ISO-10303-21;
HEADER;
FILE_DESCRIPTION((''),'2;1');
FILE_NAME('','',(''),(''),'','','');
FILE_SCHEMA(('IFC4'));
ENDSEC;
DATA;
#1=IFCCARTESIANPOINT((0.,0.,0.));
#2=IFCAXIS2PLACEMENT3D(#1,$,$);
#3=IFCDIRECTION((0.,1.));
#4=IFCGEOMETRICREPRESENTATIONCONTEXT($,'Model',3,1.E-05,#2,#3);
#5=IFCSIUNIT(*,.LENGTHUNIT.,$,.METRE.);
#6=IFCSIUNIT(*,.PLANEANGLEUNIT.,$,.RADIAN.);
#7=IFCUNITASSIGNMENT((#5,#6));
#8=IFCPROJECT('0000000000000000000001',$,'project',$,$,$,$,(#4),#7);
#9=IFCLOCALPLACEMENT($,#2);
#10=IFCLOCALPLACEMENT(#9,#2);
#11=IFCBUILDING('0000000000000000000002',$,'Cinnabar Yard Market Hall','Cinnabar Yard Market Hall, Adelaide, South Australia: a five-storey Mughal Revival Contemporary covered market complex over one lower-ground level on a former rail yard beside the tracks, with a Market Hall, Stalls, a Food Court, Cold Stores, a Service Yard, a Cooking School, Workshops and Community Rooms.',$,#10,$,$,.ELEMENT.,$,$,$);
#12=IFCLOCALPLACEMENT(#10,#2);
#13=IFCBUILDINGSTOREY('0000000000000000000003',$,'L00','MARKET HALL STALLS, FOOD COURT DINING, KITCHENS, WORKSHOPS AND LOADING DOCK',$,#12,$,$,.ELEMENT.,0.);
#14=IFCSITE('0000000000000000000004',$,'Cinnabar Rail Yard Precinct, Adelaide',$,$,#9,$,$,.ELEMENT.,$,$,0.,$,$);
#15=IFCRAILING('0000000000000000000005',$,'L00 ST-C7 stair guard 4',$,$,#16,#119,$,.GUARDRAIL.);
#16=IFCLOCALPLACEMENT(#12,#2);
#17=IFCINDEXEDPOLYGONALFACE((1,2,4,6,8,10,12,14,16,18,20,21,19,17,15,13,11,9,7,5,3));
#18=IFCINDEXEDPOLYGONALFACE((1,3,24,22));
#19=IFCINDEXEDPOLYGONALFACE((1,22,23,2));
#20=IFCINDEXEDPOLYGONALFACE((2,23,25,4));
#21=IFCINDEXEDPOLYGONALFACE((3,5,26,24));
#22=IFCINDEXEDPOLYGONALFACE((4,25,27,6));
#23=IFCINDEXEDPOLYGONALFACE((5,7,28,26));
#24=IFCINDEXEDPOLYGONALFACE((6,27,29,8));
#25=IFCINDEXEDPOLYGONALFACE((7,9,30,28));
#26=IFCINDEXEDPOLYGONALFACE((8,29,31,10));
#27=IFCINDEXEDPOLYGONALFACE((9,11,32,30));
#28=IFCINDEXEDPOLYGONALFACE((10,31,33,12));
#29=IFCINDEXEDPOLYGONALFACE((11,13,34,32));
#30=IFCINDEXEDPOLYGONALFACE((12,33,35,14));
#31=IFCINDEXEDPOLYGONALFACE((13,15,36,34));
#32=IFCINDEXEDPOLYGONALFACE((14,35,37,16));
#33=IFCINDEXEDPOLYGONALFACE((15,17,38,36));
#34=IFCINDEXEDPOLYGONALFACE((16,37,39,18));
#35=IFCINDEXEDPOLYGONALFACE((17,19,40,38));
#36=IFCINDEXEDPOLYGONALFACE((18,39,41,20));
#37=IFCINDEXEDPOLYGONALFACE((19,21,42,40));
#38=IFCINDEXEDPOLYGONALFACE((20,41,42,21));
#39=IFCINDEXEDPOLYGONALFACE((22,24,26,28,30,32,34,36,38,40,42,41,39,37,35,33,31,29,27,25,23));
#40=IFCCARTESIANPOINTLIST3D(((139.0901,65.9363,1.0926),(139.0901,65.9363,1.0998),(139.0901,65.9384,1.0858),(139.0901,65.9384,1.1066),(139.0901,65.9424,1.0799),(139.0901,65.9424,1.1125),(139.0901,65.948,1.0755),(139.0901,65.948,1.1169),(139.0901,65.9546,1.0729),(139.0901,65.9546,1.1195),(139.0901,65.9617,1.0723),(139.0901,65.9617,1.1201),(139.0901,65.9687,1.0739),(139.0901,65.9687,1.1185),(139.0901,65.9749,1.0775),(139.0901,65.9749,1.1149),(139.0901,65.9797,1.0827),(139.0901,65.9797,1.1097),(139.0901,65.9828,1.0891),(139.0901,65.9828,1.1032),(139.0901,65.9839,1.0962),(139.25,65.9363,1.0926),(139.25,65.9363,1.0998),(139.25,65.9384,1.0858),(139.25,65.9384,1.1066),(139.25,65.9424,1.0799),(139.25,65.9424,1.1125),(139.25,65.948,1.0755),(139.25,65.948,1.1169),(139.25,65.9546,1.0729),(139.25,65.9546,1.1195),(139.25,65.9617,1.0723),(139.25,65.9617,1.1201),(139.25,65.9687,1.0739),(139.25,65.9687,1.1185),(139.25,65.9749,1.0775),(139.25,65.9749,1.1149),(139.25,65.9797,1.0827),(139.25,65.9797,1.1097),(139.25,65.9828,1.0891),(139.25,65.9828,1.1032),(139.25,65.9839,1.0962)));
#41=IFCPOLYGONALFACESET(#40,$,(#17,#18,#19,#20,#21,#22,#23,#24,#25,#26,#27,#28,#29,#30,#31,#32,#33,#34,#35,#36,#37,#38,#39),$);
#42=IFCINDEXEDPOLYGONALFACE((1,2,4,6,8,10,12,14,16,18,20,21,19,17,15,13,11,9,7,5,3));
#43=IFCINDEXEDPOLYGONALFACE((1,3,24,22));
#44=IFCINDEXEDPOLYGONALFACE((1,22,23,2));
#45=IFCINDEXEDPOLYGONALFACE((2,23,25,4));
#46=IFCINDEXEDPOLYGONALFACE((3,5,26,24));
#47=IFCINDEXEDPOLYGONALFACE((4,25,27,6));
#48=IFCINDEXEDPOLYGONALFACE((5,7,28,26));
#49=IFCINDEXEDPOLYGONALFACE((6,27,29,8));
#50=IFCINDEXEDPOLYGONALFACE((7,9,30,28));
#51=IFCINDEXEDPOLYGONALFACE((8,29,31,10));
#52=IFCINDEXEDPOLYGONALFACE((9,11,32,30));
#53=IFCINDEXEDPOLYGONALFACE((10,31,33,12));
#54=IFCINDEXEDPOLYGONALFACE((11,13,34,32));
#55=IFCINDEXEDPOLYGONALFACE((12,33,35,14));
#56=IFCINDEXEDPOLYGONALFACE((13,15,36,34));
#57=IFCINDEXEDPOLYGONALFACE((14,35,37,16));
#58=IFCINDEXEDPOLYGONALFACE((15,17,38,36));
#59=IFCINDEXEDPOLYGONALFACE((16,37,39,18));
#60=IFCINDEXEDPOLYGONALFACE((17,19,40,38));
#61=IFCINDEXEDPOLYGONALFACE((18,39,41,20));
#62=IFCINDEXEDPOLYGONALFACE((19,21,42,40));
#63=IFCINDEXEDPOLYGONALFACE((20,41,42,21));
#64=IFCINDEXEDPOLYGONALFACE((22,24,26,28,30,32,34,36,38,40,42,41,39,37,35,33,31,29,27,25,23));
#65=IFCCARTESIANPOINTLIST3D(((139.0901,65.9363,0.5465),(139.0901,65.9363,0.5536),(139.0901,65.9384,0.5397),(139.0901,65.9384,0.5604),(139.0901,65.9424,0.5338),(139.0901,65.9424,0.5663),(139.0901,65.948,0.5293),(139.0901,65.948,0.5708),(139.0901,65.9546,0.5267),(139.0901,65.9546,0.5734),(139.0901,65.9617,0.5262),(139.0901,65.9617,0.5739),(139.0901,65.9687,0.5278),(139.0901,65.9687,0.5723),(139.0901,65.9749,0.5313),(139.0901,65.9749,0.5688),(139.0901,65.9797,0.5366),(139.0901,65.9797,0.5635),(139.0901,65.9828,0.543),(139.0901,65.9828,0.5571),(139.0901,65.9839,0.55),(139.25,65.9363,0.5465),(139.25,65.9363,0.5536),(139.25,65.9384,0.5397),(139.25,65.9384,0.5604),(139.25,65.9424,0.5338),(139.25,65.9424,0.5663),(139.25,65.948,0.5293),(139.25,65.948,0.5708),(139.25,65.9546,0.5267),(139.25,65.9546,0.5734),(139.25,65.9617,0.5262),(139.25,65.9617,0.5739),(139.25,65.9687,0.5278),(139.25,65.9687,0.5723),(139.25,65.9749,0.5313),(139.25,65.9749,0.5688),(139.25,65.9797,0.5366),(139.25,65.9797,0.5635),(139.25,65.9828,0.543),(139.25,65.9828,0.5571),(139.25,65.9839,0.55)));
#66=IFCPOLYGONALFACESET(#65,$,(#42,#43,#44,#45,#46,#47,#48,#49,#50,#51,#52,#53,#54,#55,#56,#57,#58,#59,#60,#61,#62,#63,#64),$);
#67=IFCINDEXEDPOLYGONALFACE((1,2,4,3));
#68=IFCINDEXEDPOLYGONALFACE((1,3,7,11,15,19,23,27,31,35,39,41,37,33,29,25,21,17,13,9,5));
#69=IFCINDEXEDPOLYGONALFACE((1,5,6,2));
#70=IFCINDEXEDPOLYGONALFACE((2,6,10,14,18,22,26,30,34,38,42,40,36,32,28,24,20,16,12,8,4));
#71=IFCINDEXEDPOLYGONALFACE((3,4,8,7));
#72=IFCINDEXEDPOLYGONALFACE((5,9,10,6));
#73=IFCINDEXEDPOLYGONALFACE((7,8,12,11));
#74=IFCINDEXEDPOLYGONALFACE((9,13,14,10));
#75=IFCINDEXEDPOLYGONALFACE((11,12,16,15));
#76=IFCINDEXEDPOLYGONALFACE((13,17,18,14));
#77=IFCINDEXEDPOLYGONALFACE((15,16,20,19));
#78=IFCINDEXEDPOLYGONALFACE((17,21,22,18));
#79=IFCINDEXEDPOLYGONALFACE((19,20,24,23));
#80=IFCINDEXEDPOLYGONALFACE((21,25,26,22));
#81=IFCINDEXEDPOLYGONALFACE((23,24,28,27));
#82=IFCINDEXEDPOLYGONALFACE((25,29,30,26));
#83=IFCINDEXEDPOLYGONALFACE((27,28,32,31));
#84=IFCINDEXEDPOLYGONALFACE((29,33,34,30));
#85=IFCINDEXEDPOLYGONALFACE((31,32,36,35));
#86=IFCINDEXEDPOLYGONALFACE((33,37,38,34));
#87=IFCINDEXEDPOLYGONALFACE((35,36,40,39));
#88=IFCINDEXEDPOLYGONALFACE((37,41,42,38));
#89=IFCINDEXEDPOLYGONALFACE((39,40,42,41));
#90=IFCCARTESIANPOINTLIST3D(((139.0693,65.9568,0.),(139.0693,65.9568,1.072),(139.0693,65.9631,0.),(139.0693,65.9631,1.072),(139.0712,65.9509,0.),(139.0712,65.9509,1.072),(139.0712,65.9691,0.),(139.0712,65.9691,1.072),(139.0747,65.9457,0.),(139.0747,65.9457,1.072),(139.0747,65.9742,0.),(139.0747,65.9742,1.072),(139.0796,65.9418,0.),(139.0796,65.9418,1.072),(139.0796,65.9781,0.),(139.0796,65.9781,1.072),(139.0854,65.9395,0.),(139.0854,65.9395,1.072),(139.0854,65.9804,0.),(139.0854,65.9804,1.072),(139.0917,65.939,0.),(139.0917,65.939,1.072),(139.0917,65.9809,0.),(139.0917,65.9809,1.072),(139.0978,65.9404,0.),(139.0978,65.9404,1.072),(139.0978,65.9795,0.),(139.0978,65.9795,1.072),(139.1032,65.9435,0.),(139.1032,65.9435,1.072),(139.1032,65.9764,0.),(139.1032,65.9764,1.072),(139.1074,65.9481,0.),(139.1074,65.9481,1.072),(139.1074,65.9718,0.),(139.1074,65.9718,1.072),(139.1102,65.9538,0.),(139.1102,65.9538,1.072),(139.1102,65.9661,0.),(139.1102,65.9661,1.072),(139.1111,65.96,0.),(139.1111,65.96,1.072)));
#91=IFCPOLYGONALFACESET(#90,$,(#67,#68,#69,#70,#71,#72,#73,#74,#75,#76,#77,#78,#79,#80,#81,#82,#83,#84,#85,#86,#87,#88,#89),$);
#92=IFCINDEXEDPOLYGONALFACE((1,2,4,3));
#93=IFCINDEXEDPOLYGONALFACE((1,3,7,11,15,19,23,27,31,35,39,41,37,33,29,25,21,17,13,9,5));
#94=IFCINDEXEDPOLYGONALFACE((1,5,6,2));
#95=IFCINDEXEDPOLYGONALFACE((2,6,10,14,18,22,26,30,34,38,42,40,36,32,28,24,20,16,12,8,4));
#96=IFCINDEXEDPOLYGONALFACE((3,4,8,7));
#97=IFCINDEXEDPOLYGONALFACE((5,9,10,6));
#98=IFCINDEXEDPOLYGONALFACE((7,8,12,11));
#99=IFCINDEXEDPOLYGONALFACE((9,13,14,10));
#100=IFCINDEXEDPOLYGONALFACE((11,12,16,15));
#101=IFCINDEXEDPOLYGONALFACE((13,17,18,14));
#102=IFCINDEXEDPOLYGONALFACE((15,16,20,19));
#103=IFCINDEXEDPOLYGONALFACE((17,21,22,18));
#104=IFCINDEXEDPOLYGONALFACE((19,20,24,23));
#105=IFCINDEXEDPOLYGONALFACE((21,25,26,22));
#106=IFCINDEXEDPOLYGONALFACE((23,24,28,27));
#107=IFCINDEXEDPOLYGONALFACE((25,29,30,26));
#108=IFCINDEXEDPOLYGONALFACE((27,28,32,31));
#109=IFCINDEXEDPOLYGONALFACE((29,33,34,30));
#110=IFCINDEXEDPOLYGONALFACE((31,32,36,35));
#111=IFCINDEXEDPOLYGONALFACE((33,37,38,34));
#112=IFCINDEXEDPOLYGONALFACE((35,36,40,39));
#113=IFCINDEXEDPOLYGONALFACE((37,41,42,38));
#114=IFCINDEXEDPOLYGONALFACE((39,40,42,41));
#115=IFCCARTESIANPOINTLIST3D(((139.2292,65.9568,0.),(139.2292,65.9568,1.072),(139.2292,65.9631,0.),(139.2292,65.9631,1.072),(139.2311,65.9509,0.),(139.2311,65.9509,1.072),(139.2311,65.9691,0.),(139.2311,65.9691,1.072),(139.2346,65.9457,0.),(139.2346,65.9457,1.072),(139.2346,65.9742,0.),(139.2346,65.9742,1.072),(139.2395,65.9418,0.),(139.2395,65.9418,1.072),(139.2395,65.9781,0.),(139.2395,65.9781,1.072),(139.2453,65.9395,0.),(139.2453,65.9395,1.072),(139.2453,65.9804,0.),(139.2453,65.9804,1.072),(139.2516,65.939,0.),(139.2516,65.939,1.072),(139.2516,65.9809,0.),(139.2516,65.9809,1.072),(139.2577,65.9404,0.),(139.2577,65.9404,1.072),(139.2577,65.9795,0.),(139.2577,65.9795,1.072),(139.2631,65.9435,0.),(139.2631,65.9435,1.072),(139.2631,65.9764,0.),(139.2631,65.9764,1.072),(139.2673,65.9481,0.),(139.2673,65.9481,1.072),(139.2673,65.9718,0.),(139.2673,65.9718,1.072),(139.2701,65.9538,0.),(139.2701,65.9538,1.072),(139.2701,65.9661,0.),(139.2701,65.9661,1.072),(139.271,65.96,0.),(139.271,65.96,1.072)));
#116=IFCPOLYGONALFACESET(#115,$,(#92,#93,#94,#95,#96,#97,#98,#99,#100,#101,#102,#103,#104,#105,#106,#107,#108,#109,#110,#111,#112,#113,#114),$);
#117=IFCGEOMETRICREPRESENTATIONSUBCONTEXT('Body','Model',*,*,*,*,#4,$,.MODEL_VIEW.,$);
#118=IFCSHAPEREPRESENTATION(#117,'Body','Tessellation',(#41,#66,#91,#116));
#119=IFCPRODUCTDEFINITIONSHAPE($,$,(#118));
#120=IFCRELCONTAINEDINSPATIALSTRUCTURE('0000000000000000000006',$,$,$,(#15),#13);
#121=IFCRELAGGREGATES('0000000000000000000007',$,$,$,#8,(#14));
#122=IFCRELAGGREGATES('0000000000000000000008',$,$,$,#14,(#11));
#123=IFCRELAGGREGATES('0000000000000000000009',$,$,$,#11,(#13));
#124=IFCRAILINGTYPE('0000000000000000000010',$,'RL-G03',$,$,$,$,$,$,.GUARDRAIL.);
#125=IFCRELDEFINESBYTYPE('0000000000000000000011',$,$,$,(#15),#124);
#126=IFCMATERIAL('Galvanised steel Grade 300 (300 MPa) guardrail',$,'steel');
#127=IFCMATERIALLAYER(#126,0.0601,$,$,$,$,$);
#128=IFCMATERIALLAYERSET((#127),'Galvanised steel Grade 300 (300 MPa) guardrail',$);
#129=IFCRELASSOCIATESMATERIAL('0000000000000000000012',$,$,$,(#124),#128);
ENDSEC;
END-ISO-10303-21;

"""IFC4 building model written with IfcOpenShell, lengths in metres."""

from ifc_helpers import new_model, si_unit, direction, frame, origin, origin_2d_with_axis, place, context, subcontext, project, spatial, circle, extrude, material, layer, layer_set, type_object, element, save


model = new_model("IFC4")

# Units and contexts
model_context = context("Model", 3, precision=1e-05, world=origin(), true_north=direction((0.0, 1.0)))
body_context = subcontext(model_context, "Body", "Model", "MODEL_VIEW")
ifc_project = project(units=[si_unit("LENGTHUNIT", "METRE"), si_unit("PLANEANGLEUNIT", "RADIAN")], contexts=[model_context])

# Site, building, storey
site_placement = place(None, origin())
site = spatial("IfcSite", under=ifc_project, at=site_placement, Name="Cinnabar Rail Yard Precinct, Adelaide", CompositionType="ELEMENT", RefElevation=0.0)
building_placement = place(site_placement, origin())
building = spatial("IfcBuilding", under=site, at=building_placement, Name="Cinnabar Yard Market Hall", Description="Cinnabar Yard Market Hall, Adelaide, South Australia: a five-storey Mughal Revival Contemporary covered market complex over one lower-ground level on a former rail yard beside the tracks, with a Market Hall, Stalls, a Food Court, Cold Stores, a Service Yard, a Cooking School, Workshops and Community Rooms.", CompositionType="ELEMENT")
storey_placement = place(building_placement, origin())
storey = spatial("IfcBuildingStorey", under=building, at=storey_placement, Name="L00", Description="MARKET HALL STALLS, FOOD COURT DINING, KITCHENS, WORKSHOPS AND LOADING DOCK", CompositionType="ELEMENT", Elevation=0.0)

# Railing
ifc_material_1 = material(Name="Galvanised steel Grade 300 (300 MPa) guardrail", Category="steel")
ifc_layer_1 = layer(ifc_material_1, 0.0601)
ifc_layer_set_1 = layer_set([ifc_layer_1], Name="Galvanised steel Grade 300 (300 MPa) guardrail")
railing_type_1 = type_object("IfcRailingType", Name="RL-G03", PredefinedType="GUARDRAIL", material=ifc_layer_set_1)
railing_1_placement = place(storey_placement, frame((139.0901, 65.96, 0.0)))
element("IfcRailing", 1, at=railing_1_placement, inside=storey, type_object=railing_type_1, Name="L00 ST-C7 stair guard 4", PredefinedType="GUARDRAIL", context=body_context, shape_type="SweptSolid", body=[
    extrude(circle(Radius=0.0239, at=origin_2d_with_axis()), frame((0.0, 0.0, 1.0962), z_axis=(1.0, 0.0, 0.0), x_axis=(0.0, 1.0, 0.0)), (0.0, 0.0, 1.0), 0.1599),
    extrude(circle(Radius=0.0239, at=origin_2d_with_axis()), frame((0.0, 0.0, 0.55), z_axis=(1.0, 0.0, 0.0), x_axis=(0.0, 1.0, 0.0)), (0.0, 0.0, 1.0), 0.1599),
    extrude(circle(Radius=0.021, at=origin_2d_with_axis()), origin(), (0.0, 0.0, 1.0), 1.072),
    extrude(circle(Radius=0.021, at=origin_2d_with_axis()), frame((0.1599, 0.0, 0.0)), (0.0, 0.0, 1.0), 1.072),
])

save(model, "model.ifc")
